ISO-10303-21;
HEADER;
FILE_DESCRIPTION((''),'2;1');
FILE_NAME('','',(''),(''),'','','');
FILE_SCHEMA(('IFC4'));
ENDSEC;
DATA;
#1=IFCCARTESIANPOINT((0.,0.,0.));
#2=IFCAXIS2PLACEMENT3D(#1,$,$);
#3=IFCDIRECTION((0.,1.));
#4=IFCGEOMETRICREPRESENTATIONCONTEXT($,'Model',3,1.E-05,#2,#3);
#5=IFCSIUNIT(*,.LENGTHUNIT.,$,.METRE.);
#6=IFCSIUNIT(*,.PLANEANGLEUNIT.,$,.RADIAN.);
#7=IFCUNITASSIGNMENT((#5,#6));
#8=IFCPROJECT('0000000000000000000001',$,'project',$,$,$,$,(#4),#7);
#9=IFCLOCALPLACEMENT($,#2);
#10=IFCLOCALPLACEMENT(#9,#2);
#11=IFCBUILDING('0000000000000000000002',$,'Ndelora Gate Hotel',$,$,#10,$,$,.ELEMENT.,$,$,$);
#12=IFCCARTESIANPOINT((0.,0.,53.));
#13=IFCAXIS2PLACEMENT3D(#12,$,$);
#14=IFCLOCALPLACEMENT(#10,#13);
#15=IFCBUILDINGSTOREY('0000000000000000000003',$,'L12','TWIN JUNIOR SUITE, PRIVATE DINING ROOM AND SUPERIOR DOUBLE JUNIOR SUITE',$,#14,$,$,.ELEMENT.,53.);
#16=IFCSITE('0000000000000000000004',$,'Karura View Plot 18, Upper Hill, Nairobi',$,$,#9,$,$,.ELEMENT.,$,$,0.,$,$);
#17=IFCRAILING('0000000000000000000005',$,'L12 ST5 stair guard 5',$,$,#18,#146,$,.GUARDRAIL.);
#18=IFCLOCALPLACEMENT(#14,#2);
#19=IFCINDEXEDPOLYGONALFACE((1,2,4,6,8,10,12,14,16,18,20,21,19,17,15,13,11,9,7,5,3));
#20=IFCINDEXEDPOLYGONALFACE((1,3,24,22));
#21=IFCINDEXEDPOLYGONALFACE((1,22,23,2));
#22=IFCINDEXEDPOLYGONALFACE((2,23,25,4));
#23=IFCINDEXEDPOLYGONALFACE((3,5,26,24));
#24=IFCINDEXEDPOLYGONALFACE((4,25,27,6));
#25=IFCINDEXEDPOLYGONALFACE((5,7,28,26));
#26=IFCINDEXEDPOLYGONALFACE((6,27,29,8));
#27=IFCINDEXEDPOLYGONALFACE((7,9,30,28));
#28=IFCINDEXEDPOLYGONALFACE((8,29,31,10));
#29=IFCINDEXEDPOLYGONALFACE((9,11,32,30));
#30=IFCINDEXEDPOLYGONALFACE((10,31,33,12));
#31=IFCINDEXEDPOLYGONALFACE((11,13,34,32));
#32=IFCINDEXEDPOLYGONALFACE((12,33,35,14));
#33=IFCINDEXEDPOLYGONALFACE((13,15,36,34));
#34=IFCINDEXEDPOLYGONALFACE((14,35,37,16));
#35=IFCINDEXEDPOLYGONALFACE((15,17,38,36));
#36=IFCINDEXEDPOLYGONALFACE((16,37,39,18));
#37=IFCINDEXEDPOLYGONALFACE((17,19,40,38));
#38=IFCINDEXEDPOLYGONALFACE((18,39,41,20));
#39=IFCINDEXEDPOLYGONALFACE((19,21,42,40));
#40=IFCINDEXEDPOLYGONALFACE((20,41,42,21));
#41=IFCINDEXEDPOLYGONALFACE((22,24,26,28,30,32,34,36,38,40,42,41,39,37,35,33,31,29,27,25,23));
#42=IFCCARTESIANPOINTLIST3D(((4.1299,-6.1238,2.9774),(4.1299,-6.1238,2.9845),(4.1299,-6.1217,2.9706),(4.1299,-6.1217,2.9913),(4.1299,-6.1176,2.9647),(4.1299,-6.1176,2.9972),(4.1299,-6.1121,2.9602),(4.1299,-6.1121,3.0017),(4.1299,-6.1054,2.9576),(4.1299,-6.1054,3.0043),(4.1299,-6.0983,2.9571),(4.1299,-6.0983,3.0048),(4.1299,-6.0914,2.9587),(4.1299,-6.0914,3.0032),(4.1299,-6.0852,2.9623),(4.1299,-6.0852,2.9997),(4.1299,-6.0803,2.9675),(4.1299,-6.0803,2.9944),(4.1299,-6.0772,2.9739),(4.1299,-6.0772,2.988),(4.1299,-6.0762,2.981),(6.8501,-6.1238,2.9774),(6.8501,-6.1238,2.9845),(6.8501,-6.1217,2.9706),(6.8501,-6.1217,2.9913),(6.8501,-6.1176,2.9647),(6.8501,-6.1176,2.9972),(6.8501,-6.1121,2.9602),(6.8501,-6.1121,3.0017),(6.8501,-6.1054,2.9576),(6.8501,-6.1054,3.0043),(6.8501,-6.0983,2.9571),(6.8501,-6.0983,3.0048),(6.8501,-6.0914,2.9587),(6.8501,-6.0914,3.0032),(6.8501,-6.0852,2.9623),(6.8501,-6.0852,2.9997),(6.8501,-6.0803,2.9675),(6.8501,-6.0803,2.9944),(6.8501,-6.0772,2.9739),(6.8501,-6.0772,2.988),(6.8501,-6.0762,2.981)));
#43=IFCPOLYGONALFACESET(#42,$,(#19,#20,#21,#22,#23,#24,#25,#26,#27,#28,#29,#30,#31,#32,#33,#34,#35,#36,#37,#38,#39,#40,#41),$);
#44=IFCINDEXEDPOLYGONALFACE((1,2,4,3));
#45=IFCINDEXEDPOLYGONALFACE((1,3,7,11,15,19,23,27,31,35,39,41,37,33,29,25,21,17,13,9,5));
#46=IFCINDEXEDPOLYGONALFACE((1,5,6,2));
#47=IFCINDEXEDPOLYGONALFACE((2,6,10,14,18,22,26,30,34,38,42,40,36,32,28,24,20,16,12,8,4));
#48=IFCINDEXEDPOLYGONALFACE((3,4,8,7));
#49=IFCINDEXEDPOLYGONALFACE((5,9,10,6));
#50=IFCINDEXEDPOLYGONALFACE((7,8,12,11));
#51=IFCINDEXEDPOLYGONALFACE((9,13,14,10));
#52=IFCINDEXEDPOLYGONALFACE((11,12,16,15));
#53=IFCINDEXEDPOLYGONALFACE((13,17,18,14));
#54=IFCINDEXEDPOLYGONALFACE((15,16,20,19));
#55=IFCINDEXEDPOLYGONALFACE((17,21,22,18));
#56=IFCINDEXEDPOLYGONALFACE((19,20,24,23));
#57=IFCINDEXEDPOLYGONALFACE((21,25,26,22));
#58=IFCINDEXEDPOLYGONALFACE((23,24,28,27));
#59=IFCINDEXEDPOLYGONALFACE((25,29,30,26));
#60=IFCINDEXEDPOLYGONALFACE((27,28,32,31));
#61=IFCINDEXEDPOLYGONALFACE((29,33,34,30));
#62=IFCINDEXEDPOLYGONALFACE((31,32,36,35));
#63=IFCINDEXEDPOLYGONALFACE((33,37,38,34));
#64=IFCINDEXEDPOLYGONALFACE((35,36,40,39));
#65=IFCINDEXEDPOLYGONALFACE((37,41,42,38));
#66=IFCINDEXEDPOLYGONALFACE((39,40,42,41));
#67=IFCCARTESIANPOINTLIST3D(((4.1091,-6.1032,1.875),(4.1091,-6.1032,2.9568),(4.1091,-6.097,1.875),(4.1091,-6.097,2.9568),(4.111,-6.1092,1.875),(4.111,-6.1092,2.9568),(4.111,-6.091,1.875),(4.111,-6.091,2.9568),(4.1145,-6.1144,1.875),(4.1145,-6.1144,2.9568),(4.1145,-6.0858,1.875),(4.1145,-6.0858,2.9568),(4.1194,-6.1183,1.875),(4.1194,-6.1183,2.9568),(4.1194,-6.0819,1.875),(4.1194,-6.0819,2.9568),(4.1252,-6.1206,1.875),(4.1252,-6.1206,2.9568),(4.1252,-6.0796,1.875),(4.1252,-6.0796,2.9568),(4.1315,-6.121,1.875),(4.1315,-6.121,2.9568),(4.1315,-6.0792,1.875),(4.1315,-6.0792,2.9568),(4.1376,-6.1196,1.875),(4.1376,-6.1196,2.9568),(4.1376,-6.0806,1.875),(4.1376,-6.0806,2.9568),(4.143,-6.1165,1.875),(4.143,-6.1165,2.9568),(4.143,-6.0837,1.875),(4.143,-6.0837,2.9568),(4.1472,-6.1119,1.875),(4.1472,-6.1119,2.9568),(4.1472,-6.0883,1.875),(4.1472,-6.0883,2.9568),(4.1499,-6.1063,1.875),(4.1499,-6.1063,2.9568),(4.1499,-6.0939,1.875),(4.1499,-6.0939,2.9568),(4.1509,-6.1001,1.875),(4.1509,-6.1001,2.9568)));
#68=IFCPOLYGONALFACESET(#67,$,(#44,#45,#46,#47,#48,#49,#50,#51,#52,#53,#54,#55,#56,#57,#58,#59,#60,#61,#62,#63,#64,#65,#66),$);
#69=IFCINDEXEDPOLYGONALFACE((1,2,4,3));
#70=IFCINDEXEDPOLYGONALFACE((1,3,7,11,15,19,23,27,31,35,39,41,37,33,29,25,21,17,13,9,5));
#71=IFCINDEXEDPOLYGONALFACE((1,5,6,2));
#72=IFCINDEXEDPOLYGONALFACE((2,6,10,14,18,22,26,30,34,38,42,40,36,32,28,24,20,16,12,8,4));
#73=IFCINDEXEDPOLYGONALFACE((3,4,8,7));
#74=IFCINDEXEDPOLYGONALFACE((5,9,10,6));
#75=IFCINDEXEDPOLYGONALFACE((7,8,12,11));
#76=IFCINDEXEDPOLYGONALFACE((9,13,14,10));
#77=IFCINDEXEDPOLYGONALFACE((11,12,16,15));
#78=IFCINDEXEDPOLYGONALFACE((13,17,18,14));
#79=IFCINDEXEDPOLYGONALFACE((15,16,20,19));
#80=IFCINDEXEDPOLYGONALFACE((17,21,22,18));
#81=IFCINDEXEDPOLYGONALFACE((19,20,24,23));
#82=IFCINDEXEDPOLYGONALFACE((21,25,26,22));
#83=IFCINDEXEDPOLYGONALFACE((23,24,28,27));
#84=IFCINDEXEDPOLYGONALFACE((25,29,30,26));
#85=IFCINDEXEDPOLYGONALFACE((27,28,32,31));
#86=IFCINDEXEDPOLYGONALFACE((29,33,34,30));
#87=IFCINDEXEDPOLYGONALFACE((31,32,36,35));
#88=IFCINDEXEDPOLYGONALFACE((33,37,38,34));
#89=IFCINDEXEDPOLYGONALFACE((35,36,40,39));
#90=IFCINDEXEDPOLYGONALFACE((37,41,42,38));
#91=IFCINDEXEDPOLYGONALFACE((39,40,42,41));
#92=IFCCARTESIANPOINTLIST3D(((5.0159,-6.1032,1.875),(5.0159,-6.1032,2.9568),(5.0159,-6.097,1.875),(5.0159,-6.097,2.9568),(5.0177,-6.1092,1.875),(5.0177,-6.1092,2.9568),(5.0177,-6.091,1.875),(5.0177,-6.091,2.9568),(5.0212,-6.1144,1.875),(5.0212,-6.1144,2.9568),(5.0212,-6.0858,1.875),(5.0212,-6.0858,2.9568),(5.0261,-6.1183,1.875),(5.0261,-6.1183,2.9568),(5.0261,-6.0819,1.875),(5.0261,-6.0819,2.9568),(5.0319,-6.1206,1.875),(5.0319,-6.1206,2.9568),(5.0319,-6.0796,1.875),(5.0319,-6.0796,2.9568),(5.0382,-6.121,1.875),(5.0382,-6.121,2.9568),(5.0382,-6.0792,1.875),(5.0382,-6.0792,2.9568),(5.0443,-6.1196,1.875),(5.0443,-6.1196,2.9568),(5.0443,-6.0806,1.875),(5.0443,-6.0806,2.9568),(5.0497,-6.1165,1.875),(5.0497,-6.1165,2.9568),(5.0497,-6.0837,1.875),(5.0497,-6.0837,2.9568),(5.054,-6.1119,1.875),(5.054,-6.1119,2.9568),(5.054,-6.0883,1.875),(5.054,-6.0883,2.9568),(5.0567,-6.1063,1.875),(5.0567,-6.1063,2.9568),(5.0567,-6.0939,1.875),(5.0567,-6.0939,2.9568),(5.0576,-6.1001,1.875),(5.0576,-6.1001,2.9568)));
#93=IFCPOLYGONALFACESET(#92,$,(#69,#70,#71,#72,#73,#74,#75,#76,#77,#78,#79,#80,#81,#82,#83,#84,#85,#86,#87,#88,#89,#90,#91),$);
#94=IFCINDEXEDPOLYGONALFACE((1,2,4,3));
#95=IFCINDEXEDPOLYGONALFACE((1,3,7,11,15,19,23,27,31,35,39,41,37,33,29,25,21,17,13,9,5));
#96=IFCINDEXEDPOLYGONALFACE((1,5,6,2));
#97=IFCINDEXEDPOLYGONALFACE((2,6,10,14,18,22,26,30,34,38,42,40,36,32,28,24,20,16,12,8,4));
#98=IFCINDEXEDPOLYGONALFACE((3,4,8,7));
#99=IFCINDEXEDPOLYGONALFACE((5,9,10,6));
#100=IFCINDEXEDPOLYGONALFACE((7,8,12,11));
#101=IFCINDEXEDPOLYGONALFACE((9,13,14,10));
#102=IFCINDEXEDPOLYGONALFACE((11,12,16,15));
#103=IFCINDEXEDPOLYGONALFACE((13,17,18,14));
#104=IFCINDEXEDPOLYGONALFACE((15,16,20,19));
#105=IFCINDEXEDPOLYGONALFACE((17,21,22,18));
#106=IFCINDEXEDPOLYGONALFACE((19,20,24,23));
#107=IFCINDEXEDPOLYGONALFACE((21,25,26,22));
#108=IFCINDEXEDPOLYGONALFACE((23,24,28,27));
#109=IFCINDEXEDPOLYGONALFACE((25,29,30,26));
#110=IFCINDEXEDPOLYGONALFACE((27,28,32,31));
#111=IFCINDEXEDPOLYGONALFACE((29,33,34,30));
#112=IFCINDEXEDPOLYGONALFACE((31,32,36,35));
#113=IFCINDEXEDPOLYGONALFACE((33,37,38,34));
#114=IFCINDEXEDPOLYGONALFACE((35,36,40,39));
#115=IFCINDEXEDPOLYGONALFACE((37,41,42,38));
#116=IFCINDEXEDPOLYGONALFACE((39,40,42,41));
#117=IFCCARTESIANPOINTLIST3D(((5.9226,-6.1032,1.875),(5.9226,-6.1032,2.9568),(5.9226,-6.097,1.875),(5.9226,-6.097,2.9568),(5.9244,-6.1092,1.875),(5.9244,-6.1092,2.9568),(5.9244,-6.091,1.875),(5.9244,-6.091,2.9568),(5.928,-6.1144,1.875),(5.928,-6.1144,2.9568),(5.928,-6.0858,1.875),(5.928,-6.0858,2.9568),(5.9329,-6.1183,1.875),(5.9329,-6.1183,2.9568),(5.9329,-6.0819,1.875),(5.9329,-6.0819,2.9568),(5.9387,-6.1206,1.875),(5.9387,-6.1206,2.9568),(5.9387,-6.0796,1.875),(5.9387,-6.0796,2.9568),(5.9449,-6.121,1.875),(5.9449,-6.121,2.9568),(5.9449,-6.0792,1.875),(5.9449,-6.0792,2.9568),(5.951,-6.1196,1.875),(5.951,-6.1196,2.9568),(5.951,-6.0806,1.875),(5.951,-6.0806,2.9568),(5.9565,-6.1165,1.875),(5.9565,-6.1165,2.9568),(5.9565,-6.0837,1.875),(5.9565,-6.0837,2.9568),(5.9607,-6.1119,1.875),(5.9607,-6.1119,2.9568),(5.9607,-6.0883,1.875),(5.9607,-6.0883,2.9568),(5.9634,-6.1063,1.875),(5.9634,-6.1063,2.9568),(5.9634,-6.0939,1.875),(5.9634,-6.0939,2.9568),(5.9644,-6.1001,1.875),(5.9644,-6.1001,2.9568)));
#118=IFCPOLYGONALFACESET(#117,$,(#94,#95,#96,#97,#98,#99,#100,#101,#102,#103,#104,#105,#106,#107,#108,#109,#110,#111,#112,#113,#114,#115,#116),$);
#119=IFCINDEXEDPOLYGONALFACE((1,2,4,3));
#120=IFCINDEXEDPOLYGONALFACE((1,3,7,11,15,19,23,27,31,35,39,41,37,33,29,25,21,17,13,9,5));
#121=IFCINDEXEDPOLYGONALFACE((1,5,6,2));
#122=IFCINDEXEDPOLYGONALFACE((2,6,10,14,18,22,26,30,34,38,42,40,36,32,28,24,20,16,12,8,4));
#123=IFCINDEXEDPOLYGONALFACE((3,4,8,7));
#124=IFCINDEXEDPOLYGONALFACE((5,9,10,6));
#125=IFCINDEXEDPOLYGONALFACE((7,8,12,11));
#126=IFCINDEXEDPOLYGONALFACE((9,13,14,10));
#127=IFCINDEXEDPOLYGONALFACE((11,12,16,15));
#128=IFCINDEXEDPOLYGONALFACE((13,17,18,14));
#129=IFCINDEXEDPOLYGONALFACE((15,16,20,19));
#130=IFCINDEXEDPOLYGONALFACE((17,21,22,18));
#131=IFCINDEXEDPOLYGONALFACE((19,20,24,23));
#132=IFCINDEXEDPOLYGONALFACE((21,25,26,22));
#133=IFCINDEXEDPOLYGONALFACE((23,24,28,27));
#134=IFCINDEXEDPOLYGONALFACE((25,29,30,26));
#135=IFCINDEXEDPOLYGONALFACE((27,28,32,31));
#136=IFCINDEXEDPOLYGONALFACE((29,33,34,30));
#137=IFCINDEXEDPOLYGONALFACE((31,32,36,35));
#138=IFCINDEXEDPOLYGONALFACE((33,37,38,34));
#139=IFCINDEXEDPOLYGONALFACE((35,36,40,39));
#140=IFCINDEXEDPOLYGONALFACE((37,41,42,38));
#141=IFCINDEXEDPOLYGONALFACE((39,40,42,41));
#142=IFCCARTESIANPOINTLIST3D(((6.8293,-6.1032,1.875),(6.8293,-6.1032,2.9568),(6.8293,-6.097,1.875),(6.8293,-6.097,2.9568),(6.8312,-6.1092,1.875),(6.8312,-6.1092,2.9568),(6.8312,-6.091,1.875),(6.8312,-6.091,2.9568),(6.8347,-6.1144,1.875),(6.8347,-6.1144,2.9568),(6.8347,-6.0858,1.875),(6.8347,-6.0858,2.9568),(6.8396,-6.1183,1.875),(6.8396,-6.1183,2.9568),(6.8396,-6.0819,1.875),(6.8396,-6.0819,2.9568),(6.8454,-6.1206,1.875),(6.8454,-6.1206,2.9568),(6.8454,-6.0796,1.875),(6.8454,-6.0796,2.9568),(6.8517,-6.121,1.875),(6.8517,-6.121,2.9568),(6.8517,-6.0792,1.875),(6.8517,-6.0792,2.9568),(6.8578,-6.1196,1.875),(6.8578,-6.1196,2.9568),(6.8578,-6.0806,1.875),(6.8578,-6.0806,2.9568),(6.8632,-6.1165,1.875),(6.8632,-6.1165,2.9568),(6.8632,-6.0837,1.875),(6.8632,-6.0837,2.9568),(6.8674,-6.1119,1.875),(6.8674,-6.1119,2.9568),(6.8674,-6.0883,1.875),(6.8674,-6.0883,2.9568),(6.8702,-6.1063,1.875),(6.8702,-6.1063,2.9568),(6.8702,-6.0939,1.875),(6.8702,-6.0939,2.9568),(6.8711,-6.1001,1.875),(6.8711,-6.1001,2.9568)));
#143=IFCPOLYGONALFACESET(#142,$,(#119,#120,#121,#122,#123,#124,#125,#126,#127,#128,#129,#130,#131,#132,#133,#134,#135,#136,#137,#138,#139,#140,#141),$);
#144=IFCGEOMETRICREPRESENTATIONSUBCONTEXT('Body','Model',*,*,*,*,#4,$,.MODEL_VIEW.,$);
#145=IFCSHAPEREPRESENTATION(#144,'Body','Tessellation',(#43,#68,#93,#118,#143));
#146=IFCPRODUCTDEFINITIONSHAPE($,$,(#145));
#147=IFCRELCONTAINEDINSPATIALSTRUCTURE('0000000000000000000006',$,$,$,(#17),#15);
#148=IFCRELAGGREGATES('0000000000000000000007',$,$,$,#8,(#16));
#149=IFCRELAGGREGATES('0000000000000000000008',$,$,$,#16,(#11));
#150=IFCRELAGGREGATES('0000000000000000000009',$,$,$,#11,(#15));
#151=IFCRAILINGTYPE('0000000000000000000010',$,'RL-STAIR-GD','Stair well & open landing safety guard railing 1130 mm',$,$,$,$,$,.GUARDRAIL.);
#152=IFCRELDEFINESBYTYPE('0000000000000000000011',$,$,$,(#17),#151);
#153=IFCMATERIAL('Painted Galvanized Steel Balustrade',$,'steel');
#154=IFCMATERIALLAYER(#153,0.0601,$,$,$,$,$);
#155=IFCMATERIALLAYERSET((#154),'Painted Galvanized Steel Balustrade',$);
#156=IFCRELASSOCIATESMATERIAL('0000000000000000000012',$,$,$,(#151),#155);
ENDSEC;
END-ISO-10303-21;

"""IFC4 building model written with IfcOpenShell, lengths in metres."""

from ifc_helpers import new_model, si_unit, direction, frame, origin, origin_2d, place, context, subcontext, project, spatial, circle, extrude, material, layer, layer_set, type_object, element, save


model = new_model("IFC4")

# Units and contexts
model_context = context("Model", 3, precision=1e-05, world=origin(), true_north=direction((0.0, 1.0)))
body_context = subcontext(model_context, "Body", "Model", "MODEL_VIEW")
ifc_project = project(units=[si_unit("LENGTHUNIT", "METRE"), si_unit("PLANEANGLEUNIT", "RADIAN")], contexts=[model_context])

# Site, building, storey
site_placement = place(None, origin())
site = spatial("IfcSite", under=ifc_project, at=site_placement, Name="Karura View Plot 18, Upper Hill, Nairobi", CompositionType="ELEMENT", RefElevation=0.0)
building_placement = place(site_placement, origin())
building = spatial("IfcBuilding", under=site, at=building_placement, Name="Ndelora Gate Hotel", CompositionType="ELEMENT")
storey_placement = place(building_placement, frame((0.0, 0.0, 53.0)))
storey = spatial("IfcBuildingStorey", under=building, at=storey_placement, Name="L12", Description="TWIN JUNIOR SUITE, PRIVATE DINING ROOM AND SUPERIOR DOUBLE JUNIOR SUITE", CompositionType="ELEMENT", Elevation=53.0)

# Railing
ifc_material_1 = material(Name="Painted Galvanized Steel Balustrade", Category="steel")
ifc_layer_1 = layer(ifc_material_1, 0.0601)
ifc_layer_set_1 = layer_set([ifc_layer_1], Name="Painted Galvanized Steel Balustrade")
railing_type_1 = type_object("IfcRailingType", Name="RL-STAIR-GD", Description="Stair well & open landing safety guard railing 1130 mm", PredefinedType="GUARDRAIL", material=ifc_layer_set_1)
railing_1_placement = place(storey_placement, frame((4.1299, -6.1001, 1.875)))
element("IfcRailing", 1, at=railing_1_placement, inside=storey, type_object=railing_type_1, Name="L12 ST5 stair guard 5", PredefinedType="GUARDRAIL", context=body_context, shape_type="SweptSolid", body=[
    extrude(circle(Radius=0.0239, at=origin_2d()), frame((0.0, 0.0, 1.106), z_axis=(1.0, 0.0, 0.0), x_axis=(0.0, 1.0, 0.0)), (0.0, 0.0, 1.0), 2.7202),
    extrude(circle(Radius=0.021, at=origin_2d()), origin(), (0.0, 0.0, 1.0), 1.0818),
    extrude(circle(Radius=0.021, at=origin_2d()), frame((0.9067, 0.0, 0.0)), (0.0, 0.0, 1.0), 1.0818),
    extrude(circle(Radius=0.021, at=origin_2d()), frame((1.8135, 0.0, 0.0)), (0.0, 0.0, 1.0), 1.0818),
    extrude(circle(Radius=0.021, at=origin_2d()), frame((2.7202, 0.0, 0.0)), (0.0, 0.0, 1.0), 1.0818),
])

save(model, "model.ifc")
